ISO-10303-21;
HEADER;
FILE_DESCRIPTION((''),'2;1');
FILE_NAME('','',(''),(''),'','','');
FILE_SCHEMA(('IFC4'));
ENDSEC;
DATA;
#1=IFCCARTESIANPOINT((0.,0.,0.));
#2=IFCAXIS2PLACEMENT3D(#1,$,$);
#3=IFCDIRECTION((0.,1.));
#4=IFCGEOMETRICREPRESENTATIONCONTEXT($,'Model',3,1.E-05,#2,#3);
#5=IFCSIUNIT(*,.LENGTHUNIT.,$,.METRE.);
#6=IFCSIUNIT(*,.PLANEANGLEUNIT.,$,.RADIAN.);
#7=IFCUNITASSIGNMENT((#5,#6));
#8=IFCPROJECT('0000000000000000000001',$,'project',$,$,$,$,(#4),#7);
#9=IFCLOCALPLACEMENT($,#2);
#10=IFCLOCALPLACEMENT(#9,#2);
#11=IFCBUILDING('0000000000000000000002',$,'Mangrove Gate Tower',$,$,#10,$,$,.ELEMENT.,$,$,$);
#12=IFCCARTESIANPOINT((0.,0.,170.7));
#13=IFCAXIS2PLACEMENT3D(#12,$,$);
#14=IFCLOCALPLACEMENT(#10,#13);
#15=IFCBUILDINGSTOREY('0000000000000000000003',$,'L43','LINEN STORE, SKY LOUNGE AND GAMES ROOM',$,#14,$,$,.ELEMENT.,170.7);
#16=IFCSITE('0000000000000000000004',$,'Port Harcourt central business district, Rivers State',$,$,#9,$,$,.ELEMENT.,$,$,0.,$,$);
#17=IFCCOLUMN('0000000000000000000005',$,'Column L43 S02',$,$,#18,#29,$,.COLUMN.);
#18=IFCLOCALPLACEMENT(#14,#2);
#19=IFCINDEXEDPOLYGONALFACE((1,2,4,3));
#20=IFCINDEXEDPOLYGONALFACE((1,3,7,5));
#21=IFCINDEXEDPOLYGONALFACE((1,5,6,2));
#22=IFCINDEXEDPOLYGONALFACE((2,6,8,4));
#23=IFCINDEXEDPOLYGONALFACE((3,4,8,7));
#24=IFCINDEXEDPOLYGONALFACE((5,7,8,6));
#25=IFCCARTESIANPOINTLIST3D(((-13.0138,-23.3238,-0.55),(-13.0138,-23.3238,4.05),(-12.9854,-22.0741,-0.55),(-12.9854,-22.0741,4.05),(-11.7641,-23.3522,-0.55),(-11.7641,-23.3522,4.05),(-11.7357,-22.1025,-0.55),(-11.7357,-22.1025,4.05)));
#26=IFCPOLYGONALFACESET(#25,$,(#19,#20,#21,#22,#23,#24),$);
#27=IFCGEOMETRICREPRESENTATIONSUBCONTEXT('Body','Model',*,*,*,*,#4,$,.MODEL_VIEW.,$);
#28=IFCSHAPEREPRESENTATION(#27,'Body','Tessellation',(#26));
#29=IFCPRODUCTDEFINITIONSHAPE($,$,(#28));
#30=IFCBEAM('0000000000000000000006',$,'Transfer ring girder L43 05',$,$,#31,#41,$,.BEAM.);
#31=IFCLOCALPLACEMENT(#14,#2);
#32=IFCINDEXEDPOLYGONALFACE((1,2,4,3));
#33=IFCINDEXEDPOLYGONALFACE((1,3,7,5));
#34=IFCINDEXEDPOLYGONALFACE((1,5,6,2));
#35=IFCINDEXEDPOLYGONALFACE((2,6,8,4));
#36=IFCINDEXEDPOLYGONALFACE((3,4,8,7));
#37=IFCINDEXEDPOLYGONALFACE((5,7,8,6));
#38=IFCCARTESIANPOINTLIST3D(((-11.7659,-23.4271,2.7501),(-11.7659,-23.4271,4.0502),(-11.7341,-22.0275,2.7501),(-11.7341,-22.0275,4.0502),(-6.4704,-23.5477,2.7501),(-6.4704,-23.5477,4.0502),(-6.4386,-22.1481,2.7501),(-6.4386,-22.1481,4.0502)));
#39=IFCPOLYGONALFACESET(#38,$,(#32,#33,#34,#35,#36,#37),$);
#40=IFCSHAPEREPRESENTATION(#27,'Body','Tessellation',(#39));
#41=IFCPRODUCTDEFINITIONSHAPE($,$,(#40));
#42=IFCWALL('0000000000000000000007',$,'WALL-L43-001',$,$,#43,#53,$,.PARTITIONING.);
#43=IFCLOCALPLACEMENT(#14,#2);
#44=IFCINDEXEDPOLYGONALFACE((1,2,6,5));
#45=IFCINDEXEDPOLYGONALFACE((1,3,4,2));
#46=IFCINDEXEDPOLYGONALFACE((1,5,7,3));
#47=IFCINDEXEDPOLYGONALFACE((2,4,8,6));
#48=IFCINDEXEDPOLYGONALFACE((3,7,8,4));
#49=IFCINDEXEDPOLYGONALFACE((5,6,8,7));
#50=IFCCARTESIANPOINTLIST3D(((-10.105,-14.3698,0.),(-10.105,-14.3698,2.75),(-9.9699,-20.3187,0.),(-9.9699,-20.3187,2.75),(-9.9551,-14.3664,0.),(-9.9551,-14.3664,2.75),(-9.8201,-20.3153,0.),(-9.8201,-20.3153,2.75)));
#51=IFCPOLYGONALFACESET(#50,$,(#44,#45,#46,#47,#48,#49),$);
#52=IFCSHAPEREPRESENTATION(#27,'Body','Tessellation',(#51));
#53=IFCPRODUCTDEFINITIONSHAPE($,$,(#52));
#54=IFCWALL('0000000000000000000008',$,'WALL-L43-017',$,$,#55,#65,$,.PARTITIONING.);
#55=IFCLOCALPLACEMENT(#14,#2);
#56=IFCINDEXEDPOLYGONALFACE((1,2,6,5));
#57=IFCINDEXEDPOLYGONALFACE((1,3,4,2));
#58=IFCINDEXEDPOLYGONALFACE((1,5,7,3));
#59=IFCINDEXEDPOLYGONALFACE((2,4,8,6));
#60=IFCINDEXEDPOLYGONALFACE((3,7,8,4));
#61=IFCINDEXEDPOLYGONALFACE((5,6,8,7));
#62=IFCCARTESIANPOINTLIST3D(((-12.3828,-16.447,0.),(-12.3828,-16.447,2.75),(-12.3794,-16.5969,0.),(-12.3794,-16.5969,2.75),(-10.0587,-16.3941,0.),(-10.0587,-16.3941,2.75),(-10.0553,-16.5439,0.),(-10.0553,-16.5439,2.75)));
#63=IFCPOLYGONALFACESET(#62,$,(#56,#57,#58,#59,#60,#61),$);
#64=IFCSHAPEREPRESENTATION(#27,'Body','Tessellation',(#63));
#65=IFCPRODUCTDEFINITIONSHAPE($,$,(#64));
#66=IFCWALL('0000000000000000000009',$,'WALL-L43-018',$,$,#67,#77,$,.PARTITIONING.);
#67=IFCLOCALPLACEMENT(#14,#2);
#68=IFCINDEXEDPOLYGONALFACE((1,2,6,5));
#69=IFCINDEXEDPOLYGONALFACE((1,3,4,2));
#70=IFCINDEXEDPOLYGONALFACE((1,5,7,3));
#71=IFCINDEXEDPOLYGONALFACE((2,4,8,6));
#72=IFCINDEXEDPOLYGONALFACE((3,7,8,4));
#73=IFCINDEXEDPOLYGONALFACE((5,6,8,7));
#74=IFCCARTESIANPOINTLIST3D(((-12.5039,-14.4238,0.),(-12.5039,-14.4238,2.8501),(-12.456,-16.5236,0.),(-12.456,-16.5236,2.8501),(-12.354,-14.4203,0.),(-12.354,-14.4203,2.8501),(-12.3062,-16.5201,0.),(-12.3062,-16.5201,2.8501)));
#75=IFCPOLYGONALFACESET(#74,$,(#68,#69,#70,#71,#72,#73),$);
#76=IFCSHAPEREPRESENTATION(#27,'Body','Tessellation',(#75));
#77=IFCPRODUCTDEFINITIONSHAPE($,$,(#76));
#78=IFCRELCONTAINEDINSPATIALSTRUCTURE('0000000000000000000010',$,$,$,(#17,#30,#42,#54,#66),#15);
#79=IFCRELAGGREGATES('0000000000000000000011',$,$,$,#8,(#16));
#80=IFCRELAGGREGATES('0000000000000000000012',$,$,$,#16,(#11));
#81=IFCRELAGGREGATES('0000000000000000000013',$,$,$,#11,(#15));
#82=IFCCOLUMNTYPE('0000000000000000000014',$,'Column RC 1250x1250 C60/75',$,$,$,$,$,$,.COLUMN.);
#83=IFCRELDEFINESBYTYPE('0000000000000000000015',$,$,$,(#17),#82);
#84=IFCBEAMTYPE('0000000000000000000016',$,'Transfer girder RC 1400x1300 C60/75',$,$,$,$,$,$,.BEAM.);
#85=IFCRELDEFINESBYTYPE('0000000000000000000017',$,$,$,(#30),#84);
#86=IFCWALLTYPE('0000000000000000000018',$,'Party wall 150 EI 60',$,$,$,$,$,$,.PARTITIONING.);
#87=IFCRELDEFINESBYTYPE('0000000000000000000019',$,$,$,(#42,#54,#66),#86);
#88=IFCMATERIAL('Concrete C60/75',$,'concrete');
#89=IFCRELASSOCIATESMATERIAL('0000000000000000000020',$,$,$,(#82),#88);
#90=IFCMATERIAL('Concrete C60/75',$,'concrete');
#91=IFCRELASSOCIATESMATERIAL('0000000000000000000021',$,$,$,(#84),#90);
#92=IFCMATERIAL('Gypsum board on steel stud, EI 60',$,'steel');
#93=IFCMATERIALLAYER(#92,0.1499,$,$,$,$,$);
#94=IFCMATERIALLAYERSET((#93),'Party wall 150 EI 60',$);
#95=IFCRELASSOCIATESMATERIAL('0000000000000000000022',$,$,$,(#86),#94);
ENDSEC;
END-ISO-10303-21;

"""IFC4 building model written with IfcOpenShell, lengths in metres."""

from ifc_helpers import new_model, si_unit, direction, frame, frame_2d, origin, origin_2d, place, context, subcontext, project, spatial, rectangle, extrude, material, layer, layer_set, material_profile, profile_set, type_object, element, save


model = new_model("IFC4")

# Units and contexts
model_context = context("Model", 3, precision=1e-05, world=origin(), true_north=direction((0.0, 1.0)))
body_context = subcontext(model_context, "Body", "Model", "MODEL_VIEW")
ifc_project = project(units=[si_unit("LENGTHUNIT", "METRE"), si_unit("PLANEANGLEUNIT", "RADIAN")], contexts=[model_context])

# Site, building, storey
site_placement = place(None, origin())
site = spatial("IfcSite", under=ifc_project, at=site_placement, Name="Port Harcourt central business district, Rivers State", CompositionType="ELEMENT", RefElevation=0.0)
building_placement = place(site_placement, origin())
building = spatial("IfcBuilding", under=site, at=building_placement, Name="Mangrove Gate Tower", CompositionType="ELEMENT")
storey_placement = place(building_placement, frame((0.0, 0.0, 170.7)))
storey = spatial("IfcBuildingStorey", under=building, at=storey_placement, Name="L43", Description="LINEN STORE, SKY LOUNGE AND GAMES ROOM", CompositionType="ELEMENT", Elevation=170.7)

# Column
ifc_material_1 = material(Name="Concrete C60/75", Category="concrete")
ifc_material_profile_1 = material_profile(ifc_material_1, rectangle(XDim=1.25, YDim=1.25, at=origin_2d()))
ifc_profile_set_1 = profile_set([ifc_material_profile_1], Name="Concrete C60/75")
column_type = type_object("IfcColumnType", Name="Column RC 1250x1250 C60/75", PredefinedType="COLUMN", material=ifc_profile_set_1)
column_placement = place(storey_placement, frame((-12.3748, -22.7131, -0.55), z_axis=(0.0, 0.0, 1.0), x_axis=(0.999743, -0.022683, 0.0)))
element("IfcColumn", 1, at=column_placement, inside=storey, type_object=column_type, Name="Column L43 S02", PredefinedType="COLUMN", context=body_context, shape_type="SweptSolid", body=[
    extrude(rectangle(XDim=1.25, YDim=1.25, at=origin_2d()), origin(), (0.0, 0.0, 1.0), 4.6001),
])

# Beam
ifc_material_2 = material(Name="Concrete C60/75", Category="concrete")
ifc_material_profile_2 = material_profile(ifc_material_2, rectangle(XDim=1.3999, YDim=1.3, at=origin_2d()))
ifc_profile_set_2 = profile_set([ifc_material_profile_2], Name="Concrete C60/75")
beam_type = type_object("IfcBeamType", Name="Transfer girder RC 1400x1300 C60/75", PredefinedType="BEAM", material=ifc_profile_set_2)
beam_placement = place(storey_placement, frame((-11.75, -22.7273, 3.4001), z_axis=(0.999741, -0.02277, 0.0), x_axis=(0.02277, 0.999741, 0.0)))
element("IfcBeam", 2, at=beam_placement, inside=storey, type_object=beam_type, Name="Transfer ring girder L43 05", PredefinedType="BEAM", context=body_context, shape_type="SweptSolid", body=[
    extrude(rectangle(XDim=1.3999, YDim=1.3, at=origin_2d()), origin(), (0.0, 0.0, 1.0), 5.2969),
])

# Walls
ifc_material_3 = material(Name="Gypsum board on steel stud, EI 60", Category="steel")
ifc_layer = layer(ifc_material_3, 0.1499)
ifc_layer_set = layer_set([ifc_layer], Name="Party wall 150 EI 60")
wall_type = type_object("IfcWallType", Name="Party wall 150 EI 60", PredefinedType="PARTITIONING", material=ifc_layer_set)
wall_1_placement = place(storey_placement, frame((-9.895, -20.3169, 0.0), z_axis=(0.0, 0.0, 1.0), x_axis=(-0.022689, 0.999743, 0.0)))
element("IfcWall", 3, at=wall_1_placement, inside=storey, type_object=wall_type, Name="WALL-L43-001", PredefinedType="PARTITIONING", context=body_context, shape_type="SweptSolid", body=[
    extrude(rectangle(XDim=5.9504, YDim=0.1499, at=frame_2d((2.9751, 0.0))), origin(), (0.0, 0.0, 1.0), 2.75),
])
wall_2_placement = place(storey_placement, frame((-12.3811, -16.522, 0.0), z_axis=(0.0, 0.0, 1.0), x_axis=(0.99974, 0.022788, 0.0)))
element("IfcWall", 4, at=wall_2_placement, inside=storey, type_object=wall_type, Name="WALL-L43-017", PredefinedType="PARTITIONING", context=body_context, shape_type="SweptSolid", body=[
    extrude(rectangle(XDim=2.3247, YDim=0.1499, at=frame_2d((1.1624, 0.0))), origin(), (0.0, 0.0, 1.0), 2.75),
])
wall_3_placement = place(storey_placement, frame((-12.3811, -16.522, 0.0), z_axis=(0.0, 0.0, 1.0), x_axis=(-0.022782, 0.99974, 0.0)))
element("IfcWall", 5, at=wall_3_placement, inside=storey, type_object=wall_type, Name="WALL-L43-018", PredefinedType="PARTITIONING", context=body_context, shape_type="SweptSolid", body=[
    extrude(rectangle(XDim=2.1003, YDim=0.1499, at=frame_2d((1.0503, 0.0))), origin(), (0.0, 0.0, 1.0), 2.8501),
])

save(model, "model.ifc")
